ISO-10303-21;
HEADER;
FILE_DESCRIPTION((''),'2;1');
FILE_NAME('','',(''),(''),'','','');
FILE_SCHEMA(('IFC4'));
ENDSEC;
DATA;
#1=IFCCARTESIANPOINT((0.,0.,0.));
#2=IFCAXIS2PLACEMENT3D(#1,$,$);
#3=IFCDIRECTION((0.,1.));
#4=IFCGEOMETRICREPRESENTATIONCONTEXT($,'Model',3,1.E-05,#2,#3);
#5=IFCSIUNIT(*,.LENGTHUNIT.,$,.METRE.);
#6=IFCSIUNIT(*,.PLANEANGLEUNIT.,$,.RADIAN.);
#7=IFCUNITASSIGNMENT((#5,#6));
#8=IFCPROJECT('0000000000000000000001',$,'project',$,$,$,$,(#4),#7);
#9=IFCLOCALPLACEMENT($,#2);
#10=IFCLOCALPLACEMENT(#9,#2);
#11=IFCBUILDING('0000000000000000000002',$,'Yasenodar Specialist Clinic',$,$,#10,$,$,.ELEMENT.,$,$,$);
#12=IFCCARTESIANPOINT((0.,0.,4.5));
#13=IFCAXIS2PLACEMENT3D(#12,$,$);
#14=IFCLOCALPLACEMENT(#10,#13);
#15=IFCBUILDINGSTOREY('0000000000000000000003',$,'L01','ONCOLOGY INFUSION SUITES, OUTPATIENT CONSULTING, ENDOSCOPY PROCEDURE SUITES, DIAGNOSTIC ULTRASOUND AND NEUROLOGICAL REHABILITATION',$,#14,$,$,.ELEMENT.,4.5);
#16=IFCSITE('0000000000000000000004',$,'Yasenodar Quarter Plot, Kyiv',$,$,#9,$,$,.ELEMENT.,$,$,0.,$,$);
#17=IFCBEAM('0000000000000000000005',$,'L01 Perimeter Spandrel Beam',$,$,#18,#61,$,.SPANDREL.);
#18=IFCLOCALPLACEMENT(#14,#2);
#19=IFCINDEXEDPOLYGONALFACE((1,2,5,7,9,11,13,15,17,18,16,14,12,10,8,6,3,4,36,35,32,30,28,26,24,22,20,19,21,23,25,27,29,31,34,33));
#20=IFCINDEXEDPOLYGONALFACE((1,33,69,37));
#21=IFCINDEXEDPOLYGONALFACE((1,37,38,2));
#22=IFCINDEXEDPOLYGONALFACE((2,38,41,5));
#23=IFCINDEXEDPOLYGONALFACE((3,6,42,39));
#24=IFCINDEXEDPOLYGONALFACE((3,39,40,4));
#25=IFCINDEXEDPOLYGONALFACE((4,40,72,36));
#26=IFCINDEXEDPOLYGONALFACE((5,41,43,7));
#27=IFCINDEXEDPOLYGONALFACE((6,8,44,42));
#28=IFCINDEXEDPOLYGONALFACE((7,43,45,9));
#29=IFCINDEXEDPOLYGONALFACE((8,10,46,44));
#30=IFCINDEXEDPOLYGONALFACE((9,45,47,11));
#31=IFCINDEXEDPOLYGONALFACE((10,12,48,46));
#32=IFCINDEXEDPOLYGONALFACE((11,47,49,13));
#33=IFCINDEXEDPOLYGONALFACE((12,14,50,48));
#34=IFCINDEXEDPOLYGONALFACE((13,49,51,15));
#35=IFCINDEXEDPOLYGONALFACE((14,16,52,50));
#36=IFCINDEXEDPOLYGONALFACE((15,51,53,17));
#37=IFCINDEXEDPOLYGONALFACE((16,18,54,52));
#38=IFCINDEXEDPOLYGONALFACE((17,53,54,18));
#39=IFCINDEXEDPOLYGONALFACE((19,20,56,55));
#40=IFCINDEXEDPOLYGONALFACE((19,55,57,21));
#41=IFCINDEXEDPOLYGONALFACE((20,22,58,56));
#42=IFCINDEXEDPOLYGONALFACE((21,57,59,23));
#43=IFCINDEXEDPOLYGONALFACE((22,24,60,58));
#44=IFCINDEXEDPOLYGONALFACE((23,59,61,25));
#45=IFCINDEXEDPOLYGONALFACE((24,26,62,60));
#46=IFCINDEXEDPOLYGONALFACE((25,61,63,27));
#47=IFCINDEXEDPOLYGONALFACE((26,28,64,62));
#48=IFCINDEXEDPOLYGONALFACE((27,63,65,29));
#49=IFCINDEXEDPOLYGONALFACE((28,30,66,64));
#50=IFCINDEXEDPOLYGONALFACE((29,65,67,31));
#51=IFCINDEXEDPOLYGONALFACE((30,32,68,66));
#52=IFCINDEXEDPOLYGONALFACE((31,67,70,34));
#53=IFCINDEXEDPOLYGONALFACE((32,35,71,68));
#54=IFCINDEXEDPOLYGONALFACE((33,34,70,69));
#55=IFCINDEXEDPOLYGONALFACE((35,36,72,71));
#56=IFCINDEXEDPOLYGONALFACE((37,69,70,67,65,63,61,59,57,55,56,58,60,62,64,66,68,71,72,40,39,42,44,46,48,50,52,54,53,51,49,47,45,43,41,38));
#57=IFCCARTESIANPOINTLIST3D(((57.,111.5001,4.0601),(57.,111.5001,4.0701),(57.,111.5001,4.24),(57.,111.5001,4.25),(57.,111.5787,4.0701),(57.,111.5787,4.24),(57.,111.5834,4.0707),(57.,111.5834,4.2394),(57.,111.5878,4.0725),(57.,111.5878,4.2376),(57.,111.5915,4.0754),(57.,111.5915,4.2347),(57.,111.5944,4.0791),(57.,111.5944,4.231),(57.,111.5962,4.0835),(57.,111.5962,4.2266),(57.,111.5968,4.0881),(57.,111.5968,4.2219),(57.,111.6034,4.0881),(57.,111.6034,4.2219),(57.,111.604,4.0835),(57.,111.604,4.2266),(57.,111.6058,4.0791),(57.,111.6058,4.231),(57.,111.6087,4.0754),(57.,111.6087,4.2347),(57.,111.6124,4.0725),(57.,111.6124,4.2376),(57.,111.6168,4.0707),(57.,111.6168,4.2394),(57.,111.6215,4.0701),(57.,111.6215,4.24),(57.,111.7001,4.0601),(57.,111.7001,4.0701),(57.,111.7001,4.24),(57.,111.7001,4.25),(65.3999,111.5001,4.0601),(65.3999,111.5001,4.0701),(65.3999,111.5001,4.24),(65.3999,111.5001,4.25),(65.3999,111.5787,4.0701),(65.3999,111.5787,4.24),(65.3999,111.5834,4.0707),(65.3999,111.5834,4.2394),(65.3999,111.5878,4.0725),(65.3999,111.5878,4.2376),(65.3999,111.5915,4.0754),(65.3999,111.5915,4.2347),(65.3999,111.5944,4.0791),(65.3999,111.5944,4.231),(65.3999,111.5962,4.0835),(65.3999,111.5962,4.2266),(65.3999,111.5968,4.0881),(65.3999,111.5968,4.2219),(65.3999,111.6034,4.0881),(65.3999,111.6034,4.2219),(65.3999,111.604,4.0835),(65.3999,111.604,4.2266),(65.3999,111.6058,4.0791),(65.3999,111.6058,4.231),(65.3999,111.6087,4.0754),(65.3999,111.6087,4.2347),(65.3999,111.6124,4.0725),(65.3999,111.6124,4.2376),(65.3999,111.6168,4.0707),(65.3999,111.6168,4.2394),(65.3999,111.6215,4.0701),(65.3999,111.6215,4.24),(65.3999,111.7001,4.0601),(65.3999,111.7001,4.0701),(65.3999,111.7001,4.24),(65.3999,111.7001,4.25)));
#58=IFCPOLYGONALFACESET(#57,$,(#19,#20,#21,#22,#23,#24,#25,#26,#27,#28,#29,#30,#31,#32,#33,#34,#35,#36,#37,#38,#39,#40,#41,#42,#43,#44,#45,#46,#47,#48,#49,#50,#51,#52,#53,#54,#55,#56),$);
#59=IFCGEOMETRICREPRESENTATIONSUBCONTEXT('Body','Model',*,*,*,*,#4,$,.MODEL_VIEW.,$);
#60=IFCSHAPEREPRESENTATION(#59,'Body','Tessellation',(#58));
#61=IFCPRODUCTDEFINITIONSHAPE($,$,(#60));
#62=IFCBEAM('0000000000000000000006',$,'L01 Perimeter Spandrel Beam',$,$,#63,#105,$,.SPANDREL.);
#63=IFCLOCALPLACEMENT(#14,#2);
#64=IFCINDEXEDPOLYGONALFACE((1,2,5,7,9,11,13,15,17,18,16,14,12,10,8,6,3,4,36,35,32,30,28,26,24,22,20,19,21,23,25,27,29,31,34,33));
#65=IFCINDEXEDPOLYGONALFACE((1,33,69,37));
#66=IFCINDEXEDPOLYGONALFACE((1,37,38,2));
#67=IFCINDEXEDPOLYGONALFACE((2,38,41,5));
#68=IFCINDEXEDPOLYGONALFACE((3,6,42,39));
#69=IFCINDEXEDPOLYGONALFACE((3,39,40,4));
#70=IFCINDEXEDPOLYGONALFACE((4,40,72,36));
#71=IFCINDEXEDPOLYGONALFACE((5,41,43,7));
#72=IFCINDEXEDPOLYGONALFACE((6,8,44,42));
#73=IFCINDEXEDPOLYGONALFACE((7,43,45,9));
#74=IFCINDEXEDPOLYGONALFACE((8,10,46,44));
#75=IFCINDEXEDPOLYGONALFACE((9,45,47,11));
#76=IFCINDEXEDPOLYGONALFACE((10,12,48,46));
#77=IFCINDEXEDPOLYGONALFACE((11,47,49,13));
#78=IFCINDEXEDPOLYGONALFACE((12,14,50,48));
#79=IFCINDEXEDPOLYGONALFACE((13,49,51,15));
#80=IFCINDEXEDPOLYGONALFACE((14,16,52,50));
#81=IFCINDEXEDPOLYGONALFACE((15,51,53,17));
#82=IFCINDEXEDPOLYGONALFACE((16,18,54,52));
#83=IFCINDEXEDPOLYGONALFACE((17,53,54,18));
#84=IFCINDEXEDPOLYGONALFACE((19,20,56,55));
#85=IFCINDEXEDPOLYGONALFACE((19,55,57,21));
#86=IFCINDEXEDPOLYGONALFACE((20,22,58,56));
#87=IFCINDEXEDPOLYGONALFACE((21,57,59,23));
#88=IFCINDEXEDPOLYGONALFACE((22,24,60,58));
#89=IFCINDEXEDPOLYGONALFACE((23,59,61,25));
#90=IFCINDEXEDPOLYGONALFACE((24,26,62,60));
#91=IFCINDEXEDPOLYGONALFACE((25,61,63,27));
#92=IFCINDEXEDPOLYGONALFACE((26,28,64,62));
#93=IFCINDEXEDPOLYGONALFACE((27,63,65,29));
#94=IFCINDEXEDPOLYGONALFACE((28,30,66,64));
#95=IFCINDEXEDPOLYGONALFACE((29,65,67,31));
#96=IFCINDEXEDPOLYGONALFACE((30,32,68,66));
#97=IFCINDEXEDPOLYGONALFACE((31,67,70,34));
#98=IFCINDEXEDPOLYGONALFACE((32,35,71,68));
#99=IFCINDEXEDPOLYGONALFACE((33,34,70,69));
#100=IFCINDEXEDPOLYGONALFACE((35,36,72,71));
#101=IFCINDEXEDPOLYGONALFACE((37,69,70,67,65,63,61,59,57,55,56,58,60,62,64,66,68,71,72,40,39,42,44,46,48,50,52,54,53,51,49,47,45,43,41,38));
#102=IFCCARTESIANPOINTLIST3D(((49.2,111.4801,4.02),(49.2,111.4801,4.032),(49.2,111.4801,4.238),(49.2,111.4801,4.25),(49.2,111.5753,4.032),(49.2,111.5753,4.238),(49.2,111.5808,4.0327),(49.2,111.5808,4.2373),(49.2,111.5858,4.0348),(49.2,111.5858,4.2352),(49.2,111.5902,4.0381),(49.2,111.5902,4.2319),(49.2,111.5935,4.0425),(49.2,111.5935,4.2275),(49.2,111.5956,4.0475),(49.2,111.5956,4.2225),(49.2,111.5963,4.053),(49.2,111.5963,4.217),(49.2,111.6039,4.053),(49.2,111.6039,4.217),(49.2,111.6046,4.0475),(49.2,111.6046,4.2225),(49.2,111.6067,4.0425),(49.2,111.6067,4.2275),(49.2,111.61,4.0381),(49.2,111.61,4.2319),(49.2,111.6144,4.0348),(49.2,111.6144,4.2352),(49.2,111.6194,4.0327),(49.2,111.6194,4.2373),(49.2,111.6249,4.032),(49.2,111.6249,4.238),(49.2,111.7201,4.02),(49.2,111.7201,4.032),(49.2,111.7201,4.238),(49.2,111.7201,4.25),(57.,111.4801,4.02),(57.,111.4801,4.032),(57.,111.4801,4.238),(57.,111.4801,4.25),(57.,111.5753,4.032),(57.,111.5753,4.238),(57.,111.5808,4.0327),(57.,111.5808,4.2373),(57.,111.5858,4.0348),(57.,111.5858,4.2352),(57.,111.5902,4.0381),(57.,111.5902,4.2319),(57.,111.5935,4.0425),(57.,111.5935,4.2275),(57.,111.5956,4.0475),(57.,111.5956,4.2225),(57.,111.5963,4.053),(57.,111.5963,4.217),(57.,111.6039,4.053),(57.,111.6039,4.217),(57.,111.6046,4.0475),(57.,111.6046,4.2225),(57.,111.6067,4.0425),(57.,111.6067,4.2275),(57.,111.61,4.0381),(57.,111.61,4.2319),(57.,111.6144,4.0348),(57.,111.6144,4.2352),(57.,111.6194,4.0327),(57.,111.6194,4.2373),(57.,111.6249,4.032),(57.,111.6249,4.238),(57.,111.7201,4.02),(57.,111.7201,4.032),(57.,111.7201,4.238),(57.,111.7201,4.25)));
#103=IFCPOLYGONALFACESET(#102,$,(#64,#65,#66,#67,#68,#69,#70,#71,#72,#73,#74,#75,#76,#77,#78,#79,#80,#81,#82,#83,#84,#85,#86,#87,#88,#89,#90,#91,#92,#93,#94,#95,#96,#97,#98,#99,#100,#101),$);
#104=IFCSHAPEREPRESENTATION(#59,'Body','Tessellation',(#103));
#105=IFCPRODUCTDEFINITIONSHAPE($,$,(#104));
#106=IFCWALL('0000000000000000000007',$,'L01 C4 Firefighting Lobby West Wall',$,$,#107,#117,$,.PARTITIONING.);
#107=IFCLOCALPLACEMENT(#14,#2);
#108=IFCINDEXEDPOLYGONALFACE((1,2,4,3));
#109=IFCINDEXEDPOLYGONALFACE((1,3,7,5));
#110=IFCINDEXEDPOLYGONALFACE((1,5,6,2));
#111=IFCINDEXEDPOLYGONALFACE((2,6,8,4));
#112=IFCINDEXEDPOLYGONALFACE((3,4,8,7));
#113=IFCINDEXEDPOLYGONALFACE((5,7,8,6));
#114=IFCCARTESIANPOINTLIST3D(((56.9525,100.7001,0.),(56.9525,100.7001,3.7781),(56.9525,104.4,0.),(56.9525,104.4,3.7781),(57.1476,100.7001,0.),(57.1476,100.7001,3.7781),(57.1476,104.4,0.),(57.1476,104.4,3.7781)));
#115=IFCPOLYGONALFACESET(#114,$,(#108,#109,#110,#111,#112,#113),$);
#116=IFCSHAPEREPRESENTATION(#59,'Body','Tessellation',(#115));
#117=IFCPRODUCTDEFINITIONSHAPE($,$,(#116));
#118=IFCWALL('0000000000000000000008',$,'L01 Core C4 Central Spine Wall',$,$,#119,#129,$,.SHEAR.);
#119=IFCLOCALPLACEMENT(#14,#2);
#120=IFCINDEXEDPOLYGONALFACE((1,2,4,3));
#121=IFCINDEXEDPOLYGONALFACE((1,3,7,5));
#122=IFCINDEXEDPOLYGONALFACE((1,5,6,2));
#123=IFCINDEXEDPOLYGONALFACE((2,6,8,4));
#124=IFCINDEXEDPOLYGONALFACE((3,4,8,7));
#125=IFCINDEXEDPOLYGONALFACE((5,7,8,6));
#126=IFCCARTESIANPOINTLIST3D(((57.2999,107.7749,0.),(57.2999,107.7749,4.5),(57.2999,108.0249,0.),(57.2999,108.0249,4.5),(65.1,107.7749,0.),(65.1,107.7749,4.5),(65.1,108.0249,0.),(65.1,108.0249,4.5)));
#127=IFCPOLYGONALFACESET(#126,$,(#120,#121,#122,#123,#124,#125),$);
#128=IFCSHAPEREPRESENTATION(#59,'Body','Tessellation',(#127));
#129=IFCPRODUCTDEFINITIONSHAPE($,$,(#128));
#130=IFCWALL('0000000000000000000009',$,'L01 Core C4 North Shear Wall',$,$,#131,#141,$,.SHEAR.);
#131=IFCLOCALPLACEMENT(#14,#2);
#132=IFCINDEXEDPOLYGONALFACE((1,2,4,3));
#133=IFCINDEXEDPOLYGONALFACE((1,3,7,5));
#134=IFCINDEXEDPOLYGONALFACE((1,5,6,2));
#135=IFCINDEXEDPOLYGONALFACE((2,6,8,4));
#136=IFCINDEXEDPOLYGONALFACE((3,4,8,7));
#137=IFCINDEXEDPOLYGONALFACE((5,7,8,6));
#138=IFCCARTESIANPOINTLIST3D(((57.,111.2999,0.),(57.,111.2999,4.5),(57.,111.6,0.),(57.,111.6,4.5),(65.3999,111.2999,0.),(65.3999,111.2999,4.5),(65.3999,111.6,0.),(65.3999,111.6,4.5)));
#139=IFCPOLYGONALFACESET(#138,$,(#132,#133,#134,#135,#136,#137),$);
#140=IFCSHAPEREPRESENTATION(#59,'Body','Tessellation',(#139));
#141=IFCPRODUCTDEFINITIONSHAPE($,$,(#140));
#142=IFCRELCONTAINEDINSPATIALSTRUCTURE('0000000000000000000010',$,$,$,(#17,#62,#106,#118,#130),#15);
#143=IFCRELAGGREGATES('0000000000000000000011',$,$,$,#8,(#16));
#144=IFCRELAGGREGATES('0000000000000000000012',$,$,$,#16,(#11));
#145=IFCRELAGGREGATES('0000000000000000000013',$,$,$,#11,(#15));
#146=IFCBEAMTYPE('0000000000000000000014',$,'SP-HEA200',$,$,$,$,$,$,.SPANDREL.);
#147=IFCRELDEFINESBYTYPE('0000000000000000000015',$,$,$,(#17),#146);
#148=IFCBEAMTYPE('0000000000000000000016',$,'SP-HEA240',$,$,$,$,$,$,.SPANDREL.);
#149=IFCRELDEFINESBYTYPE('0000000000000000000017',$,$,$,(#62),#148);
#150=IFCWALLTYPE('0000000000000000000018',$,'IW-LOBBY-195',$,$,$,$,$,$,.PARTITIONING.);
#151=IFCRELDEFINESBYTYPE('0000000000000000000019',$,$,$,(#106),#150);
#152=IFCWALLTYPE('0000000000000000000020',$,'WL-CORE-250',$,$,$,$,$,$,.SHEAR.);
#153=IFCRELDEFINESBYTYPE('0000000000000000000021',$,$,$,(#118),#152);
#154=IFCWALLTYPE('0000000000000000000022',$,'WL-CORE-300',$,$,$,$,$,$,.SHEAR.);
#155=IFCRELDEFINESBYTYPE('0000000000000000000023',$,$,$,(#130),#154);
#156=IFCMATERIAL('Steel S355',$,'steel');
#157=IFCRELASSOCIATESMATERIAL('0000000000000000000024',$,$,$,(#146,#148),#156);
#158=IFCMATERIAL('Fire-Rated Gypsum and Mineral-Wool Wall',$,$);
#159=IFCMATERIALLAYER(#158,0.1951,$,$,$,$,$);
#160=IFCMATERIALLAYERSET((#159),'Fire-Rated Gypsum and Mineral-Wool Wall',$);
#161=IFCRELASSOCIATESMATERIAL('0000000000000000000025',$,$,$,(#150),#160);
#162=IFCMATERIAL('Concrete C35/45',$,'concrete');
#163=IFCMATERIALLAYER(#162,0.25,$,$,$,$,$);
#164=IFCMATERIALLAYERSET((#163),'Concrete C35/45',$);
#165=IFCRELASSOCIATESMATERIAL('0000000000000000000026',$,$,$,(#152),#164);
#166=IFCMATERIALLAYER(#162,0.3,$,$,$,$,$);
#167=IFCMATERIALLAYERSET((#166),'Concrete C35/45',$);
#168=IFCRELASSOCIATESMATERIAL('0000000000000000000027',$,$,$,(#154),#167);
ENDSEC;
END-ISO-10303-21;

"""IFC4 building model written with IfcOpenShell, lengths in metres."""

from ifc_helpers import new_model, si_unit, direction, frame, frame_2d, origin, origin_2d, place, context, subcontext, project, spatial, rectangle, i_section, extrude, material, layer, layer_set, material_profile, profile_set, type_object, element, save


model = new_model("IFC4")

# Units and contexts
model_context = context("Model", 3, precision=1e-05, world=origin(), true_north=direction((0.0, 1.0)))
body_context = subcontext(model_context, "Body", "Model", "MODEL_VIEW")
ifc_project = project(units=[si_unit("LENGTHUNIT", "METRE"), si_unit("PLANEANGLEUNIT", "RADIAN")], contexts=[model_context])

# Site, building, storey
site_placement = place(None, origin())
site = spatial("IfcSite", under=ifc_project, at=site_placement, Name="Yasenodar Quarter Plot, Kyiv", CompositionType="ELEMENT", RefElevation=0.0)
building_placement = place(site_placement, origin())
building = spatial("IfcBuilding", under=site, at=building_placement, Name="Yasenodar Specialist Clinic", CompositionType="ELEMENT")
storey_placement = place(building_placement, frame((0.0, 0.0, 4.5)))
storey = spatial("IfcBuildingStorey", under=building, at=storey_placement, Name="L01", Description="ONCOLOGY INFUSION SUITES, OUTPATIENT CONSULTING, ENDOSCOPY PROCEDURE SUITES, DIAGNOSTIC ULTRASOUND AND NEUROLOGICAL REHABILITATION", CompositionType="ELEMENT", Elevation=4.5)

# Shared definitions
ifc_material_1 = material(Name="Steel S355", Category="steel")

# Beams
ifc_material_profile_1 = material_profile(ifc_material_1, i_section(OverallWidth=0.2, OverallDepth=0.1899, WebThickness=0.0066, FlangeThickness=0.01, FilletRadius=0.0181, at=origin_2d()), Name="HEA 200")
ifc_profile_set_1 = profile_set([ifc_material_profile_1], Name="Steel S355")
beam_type_1 = type_object("IfcBeamType", Name="SP-HEA200", PredefinedType="SPANDREL", material=ifc_profile_set_1)
beam_1_placement = place(storey_placement, frame((57.0, 111.6001, 4.155), z_axis=(1.0, 0.0, 0.0), x_axis=(0.0, 1.0, 0.0)))
element("IfcBeam", 1, at=beam_1_placement, inside=storey, type_object=beam_type_1, Name="L01 Perimeter Spandrel Beam", PredefinedType="SPANDREL", context=body_context, shape_type="SweptSolid", body=[
    extrude(i_section(OverallWidth=0.2, OverallDepth=0.1899, WebThickness=0.0066, FlangeThickness=0.01, FilletRadius=0.0181, at=origin_2d()), origin(), (0.0, 0.0, 1.0), 8.3999),
])
ifc_material_profile_2 = material_profile(ifc_material_1, i_section(OverallWidth=0.24, OverallDepth=0.23, WebThickness=0.0076, FlangeThickness=0.012, FilletRadius=0.021, at=origin_2d()), Name="HEA 240")
ifc_profile_set_2 = profile_set([ifc_material_profile_2], Name="Steel S355")
beam_type_2 = type_object("IfcBeamType", Name="SP-HEA240", PredefinedType="SPANDREL", material=ifc_profile_set_2)
beam_2_placement = place(storey_placement, frame((49.2, 111.6001, 4.135), z_axis=(1.0, 0.0, 0.0), x_axis=(0.0, 1.0, 0.0)))
element("IfcBeam", 2, at=beam_2_placement, inside=storey, type_object=beam_type_2, Name="L01 Perimeter Spandrel Beam", PredefinedType="SPANDREL", context=body_context, shape_type="SweptSolid", body=[
    extrude(i_section(OverallWidth=0.24, OverallDepth=0.23, WebThickness=0.0076, FlangeThickness=0.012, FilletRadius=0.021, at=origin_2d()), origin(), (0.0, 0.0, 1.0), 7.8),
])

# Shared definitions
ifc_material_2 = material(Name="Fire-Rated Gypsum and Mineral-Wool Wall")
ifc_layer_1 = layer(ifc_material_2, 0.1951)
ifc_layer_set_1 = layer_set([ifc_layer_1], Name="Fire-Rated Gypsum and Mineral-Wool Wall")
wall_type_1 = type_object("IfcWallType", Name="IW-LOBBY-195", PredefinedType="PARTITIONING", material=ifc_layer_set_1)

# Walls
wall_1_placement = place(storey_placement, frame((57.05, 100.7, 0.0), z_axis=(0.0, 0.0, 1.0), x_axis=(0.0, 1.0, 0.0)))
element("IfcWall", 3, at=wall_1_placement, inside=storey, type_object=wall_type_1, Name="L01 C4 Firefighting Lobby West Wall", PredefinedType="PARTITIONING", context=body_context, shape_type="SweptSolid", body=[
    extrude(rectangle(XDim=3.7, YDim=0.1951, at=frame_2d((1.8501, 0.0))), origin(), (0.0, 0.0, 1.0), 3.7781),
])
ifc_material_3 = material(Name="Concrete C35/45", Category="concrete")
ifc_layer_2 = layer(ifc_material_3, 0.25)
ifc_layer_set_2 = layer_set([ifc_layer_2], Name="Concrete C35/45")
wall_type_2 = type_object("IfcWallType", Name="WL-CORE-250", PredefinedType="SHEAR", material=ifc_layer_set_2)
wall_2_placement = place(storey_placement, frame((57.3, 107.8999, 0.0), z_axis=(0.0, 0.0, 1.0), x_axis=(1.0, 0.0, 0.0)))
element("IfcWall", 4, at=wall_2_placement, inside=storey, type_object=wall_type_2, Name="L01 Core C4 Central Spine Wall", PredefinedType="SHEAR", context=body_context, shape_type="SweptSolid", body=[
    extrude(rectangle(XDim=7.8, YDim=0.25, at=frame_2d((3.8999, 0.0))), origin(), (0.0, 0.0, 1.0), 4.5),
])
ifc_layer_3 = layer(ifc_material_3, 0.3)
ifc_layer_set_3 = layer_set([ifc_layer_3], Name="Concrete C35/45")
wall_type_3 = type_object("IfcWallType", Name="WL-CORE-300", PredefinedType="SHEAR", material=ifc_layer_set_3)
wall_3_placement = place(storey_placement, frame((57.0, 111.45, 0.0), z_axis=(0.0, 0.0, 1.0), x_axis=(1.0, 0.0, 0.0)))
element("IfcWall", 5, at=wall_3_placement, inside=storey, type_object=wall_type_3, Name="L01 Core C4 North Shear Wall", PredefinedType="SHEAR", context=body_context, shape_type="SweptSolid", body=[
    extrude(rectangle(XDim=8.3999, YDim=0.3, at=frame_2d((4.2, 0.0))), origin(), (0.0, 0.0, 1.0), 4.5),
])

save(model, "model.ifc")
